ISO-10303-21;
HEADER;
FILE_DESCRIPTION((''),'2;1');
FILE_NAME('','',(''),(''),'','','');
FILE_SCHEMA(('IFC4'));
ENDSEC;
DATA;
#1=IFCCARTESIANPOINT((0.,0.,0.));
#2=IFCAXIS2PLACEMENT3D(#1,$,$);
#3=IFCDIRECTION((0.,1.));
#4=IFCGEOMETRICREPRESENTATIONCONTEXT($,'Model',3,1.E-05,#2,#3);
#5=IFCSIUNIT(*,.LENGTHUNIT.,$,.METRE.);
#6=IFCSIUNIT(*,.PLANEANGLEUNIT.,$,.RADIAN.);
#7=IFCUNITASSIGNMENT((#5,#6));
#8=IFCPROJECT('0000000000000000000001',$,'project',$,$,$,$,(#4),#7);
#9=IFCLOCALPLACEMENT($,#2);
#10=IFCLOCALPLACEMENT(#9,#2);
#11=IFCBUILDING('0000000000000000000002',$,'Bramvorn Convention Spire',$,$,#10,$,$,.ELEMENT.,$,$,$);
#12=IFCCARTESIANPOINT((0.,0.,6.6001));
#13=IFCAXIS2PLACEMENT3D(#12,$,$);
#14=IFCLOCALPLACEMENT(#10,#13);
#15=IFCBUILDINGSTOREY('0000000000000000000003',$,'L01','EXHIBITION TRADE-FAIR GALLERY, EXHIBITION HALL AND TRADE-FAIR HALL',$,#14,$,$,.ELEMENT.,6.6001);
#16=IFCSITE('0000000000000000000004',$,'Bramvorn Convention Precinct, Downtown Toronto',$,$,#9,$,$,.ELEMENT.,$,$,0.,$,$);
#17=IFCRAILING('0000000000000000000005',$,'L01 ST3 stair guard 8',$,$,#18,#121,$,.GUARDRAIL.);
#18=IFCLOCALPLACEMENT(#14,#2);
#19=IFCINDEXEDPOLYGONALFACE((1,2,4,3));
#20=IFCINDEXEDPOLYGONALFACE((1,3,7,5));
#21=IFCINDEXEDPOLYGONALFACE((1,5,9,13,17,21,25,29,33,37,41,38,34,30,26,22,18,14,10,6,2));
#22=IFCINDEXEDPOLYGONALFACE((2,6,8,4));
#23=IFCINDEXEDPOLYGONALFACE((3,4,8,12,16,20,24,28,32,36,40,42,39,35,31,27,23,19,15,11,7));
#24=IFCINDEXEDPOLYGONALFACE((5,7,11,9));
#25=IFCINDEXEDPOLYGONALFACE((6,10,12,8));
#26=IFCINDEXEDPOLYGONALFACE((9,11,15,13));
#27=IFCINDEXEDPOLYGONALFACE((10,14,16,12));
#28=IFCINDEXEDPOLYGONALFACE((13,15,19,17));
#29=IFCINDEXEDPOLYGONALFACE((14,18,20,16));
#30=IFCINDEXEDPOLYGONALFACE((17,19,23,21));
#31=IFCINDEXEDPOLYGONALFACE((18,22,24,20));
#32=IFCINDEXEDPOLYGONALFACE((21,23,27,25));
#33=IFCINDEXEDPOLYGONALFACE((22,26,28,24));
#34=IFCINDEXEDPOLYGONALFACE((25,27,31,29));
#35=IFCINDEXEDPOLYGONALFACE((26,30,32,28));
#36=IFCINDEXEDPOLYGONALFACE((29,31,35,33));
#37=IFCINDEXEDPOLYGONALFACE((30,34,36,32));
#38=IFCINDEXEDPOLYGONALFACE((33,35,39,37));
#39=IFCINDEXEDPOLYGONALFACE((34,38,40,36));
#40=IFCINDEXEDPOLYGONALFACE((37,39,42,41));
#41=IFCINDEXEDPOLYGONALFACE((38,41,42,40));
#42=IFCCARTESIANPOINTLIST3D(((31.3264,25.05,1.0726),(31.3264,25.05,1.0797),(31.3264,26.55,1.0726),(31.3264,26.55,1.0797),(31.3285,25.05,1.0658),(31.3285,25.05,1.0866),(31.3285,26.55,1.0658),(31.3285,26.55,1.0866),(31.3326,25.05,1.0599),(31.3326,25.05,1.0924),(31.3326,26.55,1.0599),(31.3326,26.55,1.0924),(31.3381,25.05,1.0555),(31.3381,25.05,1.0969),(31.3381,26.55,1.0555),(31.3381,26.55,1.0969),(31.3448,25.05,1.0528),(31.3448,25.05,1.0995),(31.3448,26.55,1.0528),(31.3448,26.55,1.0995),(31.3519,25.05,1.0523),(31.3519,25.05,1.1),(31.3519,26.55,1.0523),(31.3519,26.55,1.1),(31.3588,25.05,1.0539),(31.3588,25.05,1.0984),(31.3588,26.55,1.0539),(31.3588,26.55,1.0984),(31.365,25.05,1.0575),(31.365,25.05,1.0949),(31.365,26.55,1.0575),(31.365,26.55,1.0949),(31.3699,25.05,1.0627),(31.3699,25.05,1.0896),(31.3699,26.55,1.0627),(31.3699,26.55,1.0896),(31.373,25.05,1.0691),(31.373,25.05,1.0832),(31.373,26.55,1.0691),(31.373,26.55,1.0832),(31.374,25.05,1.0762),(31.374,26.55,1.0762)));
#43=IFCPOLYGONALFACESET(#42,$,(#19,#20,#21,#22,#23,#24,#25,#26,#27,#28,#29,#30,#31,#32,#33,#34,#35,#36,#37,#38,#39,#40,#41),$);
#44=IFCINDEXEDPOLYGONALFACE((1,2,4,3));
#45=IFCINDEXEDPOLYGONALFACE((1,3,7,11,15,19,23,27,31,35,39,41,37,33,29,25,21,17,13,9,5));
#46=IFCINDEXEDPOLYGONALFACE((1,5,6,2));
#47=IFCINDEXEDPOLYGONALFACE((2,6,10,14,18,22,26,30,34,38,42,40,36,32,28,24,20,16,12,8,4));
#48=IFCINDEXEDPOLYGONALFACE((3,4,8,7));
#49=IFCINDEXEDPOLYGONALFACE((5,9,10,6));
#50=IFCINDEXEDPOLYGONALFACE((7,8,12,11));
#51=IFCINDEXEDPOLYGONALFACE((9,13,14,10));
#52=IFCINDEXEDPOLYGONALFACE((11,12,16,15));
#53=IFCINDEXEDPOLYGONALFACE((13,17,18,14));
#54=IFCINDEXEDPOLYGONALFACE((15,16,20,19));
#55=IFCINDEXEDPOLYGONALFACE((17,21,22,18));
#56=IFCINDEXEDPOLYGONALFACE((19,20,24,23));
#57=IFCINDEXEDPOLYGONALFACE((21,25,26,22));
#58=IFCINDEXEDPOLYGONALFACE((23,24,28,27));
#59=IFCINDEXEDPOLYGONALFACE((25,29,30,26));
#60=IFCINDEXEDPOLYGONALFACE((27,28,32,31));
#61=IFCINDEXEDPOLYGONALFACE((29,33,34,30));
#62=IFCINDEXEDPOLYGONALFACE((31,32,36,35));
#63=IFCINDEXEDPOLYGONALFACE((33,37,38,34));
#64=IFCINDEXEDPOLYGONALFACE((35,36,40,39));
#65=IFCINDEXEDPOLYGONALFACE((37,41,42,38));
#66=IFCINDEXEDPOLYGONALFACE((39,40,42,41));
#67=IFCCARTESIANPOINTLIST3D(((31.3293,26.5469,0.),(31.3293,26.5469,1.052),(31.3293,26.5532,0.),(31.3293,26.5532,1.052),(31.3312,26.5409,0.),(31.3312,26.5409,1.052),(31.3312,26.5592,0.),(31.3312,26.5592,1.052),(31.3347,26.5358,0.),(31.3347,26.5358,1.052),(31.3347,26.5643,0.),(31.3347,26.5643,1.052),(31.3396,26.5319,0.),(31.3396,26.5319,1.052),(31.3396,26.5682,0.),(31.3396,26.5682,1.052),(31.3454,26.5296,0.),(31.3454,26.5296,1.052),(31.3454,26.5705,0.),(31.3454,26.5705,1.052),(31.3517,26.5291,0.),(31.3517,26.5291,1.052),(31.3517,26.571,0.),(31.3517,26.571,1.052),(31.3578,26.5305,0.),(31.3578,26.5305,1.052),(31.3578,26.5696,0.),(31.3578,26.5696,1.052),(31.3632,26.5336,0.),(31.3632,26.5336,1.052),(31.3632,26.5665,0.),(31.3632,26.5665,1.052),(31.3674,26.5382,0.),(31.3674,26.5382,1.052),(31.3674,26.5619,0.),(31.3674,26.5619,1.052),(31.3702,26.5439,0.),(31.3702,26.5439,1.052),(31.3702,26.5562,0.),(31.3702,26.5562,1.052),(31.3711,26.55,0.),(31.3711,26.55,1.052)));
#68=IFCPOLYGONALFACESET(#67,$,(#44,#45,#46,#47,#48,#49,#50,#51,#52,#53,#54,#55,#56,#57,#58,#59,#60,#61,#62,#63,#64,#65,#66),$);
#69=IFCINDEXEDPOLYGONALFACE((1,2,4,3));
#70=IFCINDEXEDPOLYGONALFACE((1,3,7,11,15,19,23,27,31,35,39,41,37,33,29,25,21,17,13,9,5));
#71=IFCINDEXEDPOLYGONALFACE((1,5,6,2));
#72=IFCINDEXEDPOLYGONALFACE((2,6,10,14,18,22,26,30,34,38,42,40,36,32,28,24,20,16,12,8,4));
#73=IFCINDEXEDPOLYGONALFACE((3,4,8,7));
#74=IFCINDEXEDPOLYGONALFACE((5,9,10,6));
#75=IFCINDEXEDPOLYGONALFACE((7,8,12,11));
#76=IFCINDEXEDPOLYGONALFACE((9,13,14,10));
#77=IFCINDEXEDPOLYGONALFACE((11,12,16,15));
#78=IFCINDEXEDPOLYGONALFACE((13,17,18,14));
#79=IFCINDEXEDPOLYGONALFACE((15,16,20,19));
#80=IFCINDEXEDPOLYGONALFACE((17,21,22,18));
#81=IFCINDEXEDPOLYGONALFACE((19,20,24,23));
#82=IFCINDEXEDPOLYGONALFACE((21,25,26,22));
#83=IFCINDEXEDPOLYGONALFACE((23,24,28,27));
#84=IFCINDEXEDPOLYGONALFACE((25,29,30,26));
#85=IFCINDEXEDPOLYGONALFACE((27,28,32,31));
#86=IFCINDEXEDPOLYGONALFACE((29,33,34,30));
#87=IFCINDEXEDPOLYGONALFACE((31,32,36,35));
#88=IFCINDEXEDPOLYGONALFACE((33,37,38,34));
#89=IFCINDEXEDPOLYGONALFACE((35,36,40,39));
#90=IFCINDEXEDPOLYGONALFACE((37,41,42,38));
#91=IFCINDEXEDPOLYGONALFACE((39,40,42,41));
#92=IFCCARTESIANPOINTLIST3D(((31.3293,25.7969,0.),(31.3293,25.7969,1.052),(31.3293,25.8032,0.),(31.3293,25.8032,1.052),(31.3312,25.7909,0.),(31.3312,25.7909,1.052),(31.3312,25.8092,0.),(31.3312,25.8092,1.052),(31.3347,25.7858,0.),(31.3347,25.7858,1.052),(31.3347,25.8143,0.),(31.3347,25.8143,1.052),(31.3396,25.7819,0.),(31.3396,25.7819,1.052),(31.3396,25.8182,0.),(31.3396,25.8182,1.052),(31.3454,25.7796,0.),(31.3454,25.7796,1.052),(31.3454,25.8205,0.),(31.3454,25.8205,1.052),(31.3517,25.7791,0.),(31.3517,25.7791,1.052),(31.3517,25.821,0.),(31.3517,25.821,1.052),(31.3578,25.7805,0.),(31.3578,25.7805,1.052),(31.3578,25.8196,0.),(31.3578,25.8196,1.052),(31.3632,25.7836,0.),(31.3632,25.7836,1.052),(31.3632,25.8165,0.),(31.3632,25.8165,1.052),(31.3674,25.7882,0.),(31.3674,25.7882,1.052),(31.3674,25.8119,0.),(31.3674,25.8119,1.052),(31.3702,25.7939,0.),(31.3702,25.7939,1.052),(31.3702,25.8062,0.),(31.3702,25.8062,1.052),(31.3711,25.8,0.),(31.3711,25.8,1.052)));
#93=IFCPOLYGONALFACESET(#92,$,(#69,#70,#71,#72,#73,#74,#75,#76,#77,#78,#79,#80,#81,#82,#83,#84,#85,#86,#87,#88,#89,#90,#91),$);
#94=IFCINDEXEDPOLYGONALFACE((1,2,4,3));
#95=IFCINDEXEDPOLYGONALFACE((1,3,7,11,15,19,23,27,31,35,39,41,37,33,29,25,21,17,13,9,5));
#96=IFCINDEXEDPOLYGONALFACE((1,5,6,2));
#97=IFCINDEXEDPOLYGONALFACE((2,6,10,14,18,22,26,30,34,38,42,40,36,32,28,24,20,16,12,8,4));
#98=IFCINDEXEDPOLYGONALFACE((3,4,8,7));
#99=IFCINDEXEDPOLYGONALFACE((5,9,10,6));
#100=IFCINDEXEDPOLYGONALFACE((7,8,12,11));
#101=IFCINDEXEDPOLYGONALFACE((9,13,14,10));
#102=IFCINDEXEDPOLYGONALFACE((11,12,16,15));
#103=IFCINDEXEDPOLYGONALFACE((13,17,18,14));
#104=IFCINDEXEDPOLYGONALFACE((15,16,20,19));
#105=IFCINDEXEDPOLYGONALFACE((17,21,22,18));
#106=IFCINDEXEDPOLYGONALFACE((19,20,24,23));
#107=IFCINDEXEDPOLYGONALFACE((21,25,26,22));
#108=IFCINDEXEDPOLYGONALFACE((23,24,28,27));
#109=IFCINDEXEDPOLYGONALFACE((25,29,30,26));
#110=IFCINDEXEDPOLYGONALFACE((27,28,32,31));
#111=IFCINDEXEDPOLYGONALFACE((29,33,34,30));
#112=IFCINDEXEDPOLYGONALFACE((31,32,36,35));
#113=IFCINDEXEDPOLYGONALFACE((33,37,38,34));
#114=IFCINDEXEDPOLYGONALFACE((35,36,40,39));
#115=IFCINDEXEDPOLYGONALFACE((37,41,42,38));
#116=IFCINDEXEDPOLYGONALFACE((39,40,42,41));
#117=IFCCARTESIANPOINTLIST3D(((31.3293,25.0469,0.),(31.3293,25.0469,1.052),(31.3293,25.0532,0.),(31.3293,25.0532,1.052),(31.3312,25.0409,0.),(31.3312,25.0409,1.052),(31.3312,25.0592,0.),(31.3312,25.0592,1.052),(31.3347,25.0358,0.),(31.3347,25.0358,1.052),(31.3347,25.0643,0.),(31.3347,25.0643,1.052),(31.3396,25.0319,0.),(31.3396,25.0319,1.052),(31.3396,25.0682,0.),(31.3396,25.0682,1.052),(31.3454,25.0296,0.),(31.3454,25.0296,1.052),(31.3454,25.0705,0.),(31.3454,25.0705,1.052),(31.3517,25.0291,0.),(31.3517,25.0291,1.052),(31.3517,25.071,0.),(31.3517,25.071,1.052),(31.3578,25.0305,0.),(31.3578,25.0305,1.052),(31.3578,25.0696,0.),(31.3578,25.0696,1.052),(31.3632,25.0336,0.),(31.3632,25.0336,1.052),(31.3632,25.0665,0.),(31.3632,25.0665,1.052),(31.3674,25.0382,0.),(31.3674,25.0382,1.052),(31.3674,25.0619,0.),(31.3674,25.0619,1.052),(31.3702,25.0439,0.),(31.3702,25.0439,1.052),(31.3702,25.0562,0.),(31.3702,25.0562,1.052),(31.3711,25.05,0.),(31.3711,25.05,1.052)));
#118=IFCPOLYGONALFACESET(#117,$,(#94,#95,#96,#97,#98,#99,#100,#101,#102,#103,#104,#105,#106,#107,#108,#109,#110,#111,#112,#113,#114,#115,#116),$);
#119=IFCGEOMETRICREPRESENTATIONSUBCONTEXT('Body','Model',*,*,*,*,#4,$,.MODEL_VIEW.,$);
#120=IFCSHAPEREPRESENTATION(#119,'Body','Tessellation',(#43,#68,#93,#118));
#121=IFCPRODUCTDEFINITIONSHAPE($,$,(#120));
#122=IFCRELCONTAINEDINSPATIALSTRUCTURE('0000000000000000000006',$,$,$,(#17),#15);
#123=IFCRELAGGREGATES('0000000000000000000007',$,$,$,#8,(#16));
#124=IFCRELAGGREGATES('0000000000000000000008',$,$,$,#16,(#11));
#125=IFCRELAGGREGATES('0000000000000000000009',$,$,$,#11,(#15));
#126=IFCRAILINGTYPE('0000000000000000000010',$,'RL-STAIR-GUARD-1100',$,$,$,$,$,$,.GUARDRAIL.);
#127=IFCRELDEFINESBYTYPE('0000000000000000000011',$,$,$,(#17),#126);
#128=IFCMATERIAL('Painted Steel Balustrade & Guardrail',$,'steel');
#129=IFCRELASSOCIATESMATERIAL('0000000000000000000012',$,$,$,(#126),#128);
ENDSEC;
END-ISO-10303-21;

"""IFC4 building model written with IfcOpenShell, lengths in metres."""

from ifc_helpers import new_model, si_unit, direction, frame, origin, origin_2d, place, context, subcontext, project, spatial, circle, extrude, material, type_object, element, save


model = new_model("IFC4")

# Units and contexts
model_context = context("Model", 3, precision=1e-05, world=origin(), true_north=direction((0.0, 1.0)))
body_context = subcontext(model_context, "Body", "Model", "MODEL_VIEW")
ifc_project = project(units=[si_unit("LENGTHUNIT", "METRE"), si_unit("PLANEANGLEUNIT", "RADIAN")], contexts=[model_context])

# Site, building, storey
site_placement = place(None, origin())
site = spatial("IfcSite", under=ifc_project, at=site_placement, Name="Bramvorn Convention Precinct, Downtown Toronto", CompositionType="ELEMENT", RefElevation=0.0)
building_placement = place(site_placement, origin())
building = spatial("IfcBuilding", under=site, at=building_placement, Name="Bramvorn Convention Spire", CompositionType="ELEMENT")
storey_placement = place(building_placement, frame((0.0, 0.0, 6.6001)))
storey = spatial("IfcBuildingStorey", under=building, at=storey_placement, Name="L01", Description="EXHIBITION TRADE-FAIR GALLERY, EXHIBITION HALL AND TRADE-FAIR HALL", CompositionType="ELEMENT", Elevation=6.6001)

# Railing
ifc_material_1 = material(Name="Painted Steel Balustrade & Guardrail", Category="steel")
railing_type_1 = type_object("IfcRailingType", Name="RL-STAIR-GUARD-1100", PredefinedType="GUARDRAIL", material=ifc_material_1)
railing_1_placement = place(storey_placement, frame((31.3501, 26.55, 0.0)))
element("IfcRailing", 1, at=railing_1_placement, inside=storey, type_object=railing_type_1, Name="L01 ST3 stair guard 8", PredefinedType="GUARDRAIL", context=body_context, shape_type="SweptSolid", body=[
    extrude(circle(Radius=0.0239, at=origin_2d()), frame((0.0, 0.0, 1.0762), z_axis=(0.0, -1.0, 0.0), x_axis=(1.0, 0.0, 0.0)), (0.0, 0.0, 1.0), 1.5),
    extrude(circle(Radius=0.021, at=origin_2d()), origin(), (0.0, 0.0, 1.0), 1.052),
    extrude(circle(Radius=0.021, at=origin_2d()), frame((0.0, -0.75, 0.0)), (0.0, 0.0, 1.0), 1.052),
    extrude(circle(Radius=0.021, at=origin_2d()), frame((0.0, -1.5, 0.0)), (0.0, 0.0, 1.0), 1.052),
])

save(model, "model.ifc")
